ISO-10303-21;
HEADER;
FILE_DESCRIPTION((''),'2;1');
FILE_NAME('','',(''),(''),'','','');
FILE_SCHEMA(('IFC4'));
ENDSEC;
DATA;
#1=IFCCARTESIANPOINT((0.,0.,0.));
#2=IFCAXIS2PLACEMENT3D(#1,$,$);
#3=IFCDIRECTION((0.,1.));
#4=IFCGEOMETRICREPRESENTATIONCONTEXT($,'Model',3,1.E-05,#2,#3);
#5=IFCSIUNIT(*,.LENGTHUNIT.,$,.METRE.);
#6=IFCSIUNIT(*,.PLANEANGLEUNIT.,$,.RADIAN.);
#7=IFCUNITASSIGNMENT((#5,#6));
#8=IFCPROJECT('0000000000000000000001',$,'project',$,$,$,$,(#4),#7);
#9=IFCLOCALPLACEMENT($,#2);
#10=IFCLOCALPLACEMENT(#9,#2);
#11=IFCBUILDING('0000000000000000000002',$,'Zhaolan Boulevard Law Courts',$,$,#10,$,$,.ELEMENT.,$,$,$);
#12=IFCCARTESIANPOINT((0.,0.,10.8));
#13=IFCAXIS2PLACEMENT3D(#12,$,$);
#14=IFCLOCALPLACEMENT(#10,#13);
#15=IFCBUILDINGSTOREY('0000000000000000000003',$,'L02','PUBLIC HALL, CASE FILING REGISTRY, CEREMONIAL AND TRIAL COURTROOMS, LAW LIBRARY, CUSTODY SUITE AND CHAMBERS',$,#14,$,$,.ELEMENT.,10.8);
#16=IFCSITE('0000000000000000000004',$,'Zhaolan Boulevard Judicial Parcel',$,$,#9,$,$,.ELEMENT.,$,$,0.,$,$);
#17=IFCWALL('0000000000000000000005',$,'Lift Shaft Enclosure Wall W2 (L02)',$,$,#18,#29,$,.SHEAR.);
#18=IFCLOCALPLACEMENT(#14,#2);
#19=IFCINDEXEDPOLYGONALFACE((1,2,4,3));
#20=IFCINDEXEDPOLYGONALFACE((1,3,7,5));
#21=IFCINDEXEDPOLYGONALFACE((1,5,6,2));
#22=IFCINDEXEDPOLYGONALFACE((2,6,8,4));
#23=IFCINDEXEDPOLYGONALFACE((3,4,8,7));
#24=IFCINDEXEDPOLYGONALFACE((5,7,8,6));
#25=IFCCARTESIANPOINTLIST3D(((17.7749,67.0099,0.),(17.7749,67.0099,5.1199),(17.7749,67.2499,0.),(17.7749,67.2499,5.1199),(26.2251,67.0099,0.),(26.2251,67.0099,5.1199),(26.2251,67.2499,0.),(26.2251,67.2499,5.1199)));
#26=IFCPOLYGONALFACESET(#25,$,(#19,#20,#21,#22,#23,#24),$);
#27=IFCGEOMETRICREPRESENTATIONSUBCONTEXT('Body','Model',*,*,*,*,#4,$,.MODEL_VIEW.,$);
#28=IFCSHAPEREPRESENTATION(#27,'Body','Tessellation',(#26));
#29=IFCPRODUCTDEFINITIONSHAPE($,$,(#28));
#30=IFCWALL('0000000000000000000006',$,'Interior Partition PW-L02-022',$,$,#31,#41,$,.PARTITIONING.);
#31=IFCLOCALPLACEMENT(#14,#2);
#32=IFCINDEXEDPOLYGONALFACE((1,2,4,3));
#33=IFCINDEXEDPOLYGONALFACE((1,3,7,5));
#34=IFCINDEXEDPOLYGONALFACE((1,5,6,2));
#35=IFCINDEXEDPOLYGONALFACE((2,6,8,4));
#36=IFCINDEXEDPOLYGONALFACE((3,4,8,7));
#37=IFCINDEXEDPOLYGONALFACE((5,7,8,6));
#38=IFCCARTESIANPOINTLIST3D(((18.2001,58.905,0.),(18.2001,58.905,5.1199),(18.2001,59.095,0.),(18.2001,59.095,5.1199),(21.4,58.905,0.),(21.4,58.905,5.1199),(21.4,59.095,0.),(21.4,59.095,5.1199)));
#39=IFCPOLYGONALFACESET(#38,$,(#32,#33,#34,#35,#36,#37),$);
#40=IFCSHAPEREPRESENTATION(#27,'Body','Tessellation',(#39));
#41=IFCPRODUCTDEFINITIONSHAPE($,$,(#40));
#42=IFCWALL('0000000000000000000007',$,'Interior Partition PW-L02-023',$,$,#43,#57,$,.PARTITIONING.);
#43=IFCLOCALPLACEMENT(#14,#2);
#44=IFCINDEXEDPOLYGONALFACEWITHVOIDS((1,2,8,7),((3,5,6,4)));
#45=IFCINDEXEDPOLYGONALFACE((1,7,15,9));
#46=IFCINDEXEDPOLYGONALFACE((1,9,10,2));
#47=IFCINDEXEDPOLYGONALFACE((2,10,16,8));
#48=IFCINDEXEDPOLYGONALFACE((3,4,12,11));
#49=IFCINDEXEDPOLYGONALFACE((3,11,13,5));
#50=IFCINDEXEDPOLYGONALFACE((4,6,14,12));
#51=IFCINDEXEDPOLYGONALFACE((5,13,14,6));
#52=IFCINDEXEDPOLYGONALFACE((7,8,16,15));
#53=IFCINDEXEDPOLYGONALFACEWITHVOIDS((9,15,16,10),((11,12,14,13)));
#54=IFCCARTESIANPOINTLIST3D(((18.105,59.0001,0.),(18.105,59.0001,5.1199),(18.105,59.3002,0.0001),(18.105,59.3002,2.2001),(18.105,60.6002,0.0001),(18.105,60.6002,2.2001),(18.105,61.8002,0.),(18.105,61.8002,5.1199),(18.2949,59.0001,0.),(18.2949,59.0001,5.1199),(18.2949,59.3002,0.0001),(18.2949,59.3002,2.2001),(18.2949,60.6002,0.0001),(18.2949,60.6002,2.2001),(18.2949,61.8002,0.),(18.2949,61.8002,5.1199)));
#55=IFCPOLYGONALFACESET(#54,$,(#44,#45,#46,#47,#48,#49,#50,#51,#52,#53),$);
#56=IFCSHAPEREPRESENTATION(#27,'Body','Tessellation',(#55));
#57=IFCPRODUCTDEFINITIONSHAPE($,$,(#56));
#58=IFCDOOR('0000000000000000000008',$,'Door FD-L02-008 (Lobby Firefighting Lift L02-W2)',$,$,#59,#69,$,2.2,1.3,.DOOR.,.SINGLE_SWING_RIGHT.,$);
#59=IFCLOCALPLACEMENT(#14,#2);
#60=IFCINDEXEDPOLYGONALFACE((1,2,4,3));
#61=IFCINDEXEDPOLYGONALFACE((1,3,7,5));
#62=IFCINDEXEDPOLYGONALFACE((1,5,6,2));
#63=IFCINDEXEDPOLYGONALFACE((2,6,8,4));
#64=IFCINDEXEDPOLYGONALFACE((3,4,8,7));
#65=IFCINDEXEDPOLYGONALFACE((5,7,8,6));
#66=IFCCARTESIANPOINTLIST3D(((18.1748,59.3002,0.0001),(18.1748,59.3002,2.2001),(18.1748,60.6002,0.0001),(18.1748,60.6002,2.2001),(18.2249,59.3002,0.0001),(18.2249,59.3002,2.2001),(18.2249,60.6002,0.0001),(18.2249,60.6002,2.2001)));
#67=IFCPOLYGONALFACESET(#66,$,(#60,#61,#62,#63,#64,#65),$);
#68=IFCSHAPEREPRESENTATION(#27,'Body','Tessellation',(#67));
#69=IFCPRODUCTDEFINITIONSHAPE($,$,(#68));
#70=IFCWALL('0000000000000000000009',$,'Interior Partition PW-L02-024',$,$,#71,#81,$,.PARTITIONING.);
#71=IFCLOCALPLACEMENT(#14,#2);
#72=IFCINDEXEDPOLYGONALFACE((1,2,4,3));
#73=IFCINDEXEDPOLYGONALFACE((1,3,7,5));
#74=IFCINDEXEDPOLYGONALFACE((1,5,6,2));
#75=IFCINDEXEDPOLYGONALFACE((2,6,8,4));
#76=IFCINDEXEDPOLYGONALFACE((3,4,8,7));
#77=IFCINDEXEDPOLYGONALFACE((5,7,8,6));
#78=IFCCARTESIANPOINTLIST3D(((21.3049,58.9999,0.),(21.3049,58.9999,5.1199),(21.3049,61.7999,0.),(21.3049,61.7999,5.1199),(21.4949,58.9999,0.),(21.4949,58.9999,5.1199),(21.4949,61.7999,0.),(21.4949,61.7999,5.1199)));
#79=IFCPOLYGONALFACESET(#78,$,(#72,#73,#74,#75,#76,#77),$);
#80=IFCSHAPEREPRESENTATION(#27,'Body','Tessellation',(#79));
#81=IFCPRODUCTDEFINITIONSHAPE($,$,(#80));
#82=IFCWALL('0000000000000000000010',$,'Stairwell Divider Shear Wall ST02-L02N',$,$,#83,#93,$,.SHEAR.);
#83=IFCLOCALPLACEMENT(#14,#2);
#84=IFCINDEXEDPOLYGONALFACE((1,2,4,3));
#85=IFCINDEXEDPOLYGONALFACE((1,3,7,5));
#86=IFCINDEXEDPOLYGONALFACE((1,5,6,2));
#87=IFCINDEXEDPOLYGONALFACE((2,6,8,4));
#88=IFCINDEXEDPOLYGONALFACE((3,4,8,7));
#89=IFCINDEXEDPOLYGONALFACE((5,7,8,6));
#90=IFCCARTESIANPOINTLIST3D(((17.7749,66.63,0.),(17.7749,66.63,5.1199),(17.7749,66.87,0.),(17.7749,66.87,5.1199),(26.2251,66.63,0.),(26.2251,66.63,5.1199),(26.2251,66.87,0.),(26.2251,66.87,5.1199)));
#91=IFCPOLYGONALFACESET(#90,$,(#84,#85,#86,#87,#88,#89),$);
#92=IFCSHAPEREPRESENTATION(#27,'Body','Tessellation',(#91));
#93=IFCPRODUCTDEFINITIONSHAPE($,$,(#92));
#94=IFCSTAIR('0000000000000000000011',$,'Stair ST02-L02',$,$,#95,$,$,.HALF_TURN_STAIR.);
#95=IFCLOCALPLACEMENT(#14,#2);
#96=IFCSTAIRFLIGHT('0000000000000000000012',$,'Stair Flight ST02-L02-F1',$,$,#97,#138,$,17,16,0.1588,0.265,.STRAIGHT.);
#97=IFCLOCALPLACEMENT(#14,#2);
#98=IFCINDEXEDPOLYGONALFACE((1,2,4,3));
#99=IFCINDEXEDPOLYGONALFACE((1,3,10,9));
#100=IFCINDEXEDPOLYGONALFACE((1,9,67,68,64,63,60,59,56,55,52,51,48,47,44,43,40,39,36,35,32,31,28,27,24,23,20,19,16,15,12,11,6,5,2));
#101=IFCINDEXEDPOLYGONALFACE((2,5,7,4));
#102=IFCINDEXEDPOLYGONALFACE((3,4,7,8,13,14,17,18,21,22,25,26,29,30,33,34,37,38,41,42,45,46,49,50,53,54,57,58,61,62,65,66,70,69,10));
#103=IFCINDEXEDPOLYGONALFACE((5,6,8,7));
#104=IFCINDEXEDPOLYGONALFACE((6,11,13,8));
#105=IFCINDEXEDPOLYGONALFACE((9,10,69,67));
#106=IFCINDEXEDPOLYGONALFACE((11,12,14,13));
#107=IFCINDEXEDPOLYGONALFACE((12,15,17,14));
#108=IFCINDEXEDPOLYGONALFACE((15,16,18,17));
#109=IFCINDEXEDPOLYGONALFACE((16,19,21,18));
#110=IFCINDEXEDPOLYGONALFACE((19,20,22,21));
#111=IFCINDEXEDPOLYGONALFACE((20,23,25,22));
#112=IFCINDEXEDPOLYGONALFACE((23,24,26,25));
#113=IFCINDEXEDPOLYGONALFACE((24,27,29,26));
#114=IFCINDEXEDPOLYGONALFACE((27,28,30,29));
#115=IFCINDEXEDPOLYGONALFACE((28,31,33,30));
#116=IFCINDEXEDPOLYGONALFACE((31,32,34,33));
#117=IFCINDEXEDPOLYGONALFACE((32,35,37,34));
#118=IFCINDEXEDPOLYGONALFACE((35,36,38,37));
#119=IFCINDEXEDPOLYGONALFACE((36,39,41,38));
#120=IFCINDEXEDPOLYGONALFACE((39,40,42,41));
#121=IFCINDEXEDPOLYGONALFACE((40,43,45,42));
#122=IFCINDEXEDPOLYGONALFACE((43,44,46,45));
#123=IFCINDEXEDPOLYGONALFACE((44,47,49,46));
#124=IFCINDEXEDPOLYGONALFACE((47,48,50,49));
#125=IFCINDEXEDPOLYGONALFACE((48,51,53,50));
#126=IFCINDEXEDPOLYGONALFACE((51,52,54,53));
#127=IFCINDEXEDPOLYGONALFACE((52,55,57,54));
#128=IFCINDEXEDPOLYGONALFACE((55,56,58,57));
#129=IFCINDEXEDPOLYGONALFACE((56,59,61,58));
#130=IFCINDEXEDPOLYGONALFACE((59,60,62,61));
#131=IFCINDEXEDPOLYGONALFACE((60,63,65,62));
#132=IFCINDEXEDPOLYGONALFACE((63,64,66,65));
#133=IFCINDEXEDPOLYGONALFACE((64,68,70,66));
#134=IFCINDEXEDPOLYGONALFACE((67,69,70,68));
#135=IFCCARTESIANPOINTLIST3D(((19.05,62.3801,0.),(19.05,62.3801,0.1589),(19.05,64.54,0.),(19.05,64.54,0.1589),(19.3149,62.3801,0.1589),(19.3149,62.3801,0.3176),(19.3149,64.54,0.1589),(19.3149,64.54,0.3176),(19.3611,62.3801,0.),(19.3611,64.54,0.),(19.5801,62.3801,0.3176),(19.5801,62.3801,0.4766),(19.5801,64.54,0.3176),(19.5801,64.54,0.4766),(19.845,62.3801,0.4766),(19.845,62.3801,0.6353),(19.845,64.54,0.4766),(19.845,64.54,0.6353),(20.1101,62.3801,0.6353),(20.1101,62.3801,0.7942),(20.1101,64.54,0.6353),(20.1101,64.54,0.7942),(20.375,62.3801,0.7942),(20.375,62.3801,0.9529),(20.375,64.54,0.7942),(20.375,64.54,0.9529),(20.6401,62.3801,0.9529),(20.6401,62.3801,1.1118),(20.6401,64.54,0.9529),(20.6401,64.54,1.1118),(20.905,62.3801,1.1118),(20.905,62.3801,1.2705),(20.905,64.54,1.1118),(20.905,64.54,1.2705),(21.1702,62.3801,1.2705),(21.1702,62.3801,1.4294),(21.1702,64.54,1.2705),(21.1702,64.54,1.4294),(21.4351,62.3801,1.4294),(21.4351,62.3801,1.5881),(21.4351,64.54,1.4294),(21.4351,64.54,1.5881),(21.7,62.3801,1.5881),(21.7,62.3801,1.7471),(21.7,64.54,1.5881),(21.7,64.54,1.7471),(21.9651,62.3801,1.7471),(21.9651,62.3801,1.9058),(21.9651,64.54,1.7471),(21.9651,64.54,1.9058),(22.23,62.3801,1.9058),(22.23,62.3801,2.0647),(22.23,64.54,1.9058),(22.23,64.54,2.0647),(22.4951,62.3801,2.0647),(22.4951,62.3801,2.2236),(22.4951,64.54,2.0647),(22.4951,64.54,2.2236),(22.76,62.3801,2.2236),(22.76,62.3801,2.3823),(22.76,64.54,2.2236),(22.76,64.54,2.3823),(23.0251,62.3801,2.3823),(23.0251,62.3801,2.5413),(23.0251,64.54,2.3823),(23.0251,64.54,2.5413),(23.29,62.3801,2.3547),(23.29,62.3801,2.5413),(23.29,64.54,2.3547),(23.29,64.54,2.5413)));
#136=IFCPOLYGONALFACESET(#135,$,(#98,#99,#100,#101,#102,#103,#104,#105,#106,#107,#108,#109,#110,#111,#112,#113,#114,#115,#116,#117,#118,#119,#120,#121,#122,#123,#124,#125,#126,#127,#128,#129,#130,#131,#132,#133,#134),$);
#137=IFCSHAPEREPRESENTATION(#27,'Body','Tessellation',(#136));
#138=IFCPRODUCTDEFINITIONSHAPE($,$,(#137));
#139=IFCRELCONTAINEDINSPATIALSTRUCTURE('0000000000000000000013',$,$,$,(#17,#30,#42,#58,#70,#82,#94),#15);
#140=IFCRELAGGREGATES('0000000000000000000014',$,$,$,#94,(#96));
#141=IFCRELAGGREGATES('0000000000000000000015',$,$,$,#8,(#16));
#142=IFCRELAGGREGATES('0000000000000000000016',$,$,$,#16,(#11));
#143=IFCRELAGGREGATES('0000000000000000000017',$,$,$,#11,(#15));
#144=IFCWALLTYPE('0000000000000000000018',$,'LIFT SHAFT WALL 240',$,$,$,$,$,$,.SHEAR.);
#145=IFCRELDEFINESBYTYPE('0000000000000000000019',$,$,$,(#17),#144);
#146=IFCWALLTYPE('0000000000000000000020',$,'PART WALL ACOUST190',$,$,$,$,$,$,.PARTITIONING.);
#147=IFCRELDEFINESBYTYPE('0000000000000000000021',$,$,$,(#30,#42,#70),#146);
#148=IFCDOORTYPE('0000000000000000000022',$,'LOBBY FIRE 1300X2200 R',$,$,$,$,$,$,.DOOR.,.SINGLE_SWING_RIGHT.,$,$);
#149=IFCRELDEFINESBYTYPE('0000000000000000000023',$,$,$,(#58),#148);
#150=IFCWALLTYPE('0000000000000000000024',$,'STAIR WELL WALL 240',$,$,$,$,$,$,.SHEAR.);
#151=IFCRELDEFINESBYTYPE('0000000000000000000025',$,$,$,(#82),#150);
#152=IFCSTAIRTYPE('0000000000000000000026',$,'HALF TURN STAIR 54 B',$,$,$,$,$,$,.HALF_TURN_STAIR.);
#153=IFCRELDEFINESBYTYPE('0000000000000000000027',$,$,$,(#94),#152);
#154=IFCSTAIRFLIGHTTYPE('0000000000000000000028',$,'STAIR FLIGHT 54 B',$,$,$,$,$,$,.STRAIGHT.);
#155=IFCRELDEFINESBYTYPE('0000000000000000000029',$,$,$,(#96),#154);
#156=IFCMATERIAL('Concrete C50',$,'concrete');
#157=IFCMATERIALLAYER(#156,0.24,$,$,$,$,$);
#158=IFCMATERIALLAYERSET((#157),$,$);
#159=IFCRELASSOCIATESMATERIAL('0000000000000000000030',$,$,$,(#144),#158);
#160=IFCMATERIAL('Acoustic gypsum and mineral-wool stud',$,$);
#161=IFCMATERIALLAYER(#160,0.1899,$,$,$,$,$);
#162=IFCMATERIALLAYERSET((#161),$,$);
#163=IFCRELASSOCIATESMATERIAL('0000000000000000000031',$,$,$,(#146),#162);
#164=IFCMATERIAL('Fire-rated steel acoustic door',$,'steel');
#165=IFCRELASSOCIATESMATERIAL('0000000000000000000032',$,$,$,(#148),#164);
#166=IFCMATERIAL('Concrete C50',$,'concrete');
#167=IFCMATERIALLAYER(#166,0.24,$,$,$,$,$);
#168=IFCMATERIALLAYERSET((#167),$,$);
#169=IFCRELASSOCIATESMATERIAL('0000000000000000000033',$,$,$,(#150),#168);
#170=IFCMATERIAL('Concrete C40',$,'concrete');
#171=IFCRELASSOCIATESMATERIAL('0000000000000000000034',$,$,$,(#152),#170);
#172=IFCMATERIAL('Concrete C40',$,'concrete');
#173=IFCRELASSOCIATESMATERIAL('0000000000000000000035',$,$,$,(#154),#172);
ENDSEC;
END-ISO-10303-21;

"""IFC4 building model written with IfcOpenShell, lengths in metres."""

from ifc_helpers import new_model, si_unit, direction, frame, frame_2d, origin, place, context, subcontext, project, spatial, polyline, rectangle, outline, extrude, material, layer, layer_set, type_object, element, fill, aggregate, save


model = new_model("IFC4")

# Units and contexts
model_context = context("Model", 3, precision=1e-05, world=origin(), true_north=direction((0.0, 1.0)))
body_context = subcontext(model_context, "Body", "Model", "MODEL_VIEW")
ifc_project = project(units=[si_unit("LENGTHUNIT", "METRE"), si_unit("PLANEANGLEUNIT", "RADIAN")], contexts=[model_context])

# Site, building, storey
site_placement = place(None, origin())
site = spatial("IfcSite", under=ifc_project, at=site_placement, Name="Zhaolan Boulevard Judicial Parcel", CompositionType="ELEMENT", RefElevation=0.0)
building_placement = place(site_placement, origin())
building = spatial("IfcBuilding", under=site, at=building_placement, Name="Zhaolan Boulevard Law Courts", CompositionType="ELEMENT")
storey_placement = place(building_placement, frame((0.0, 0.0, 10.8)))
storey = spatial("IfcBuildingStorey", under=building, at=storey_placement, Name="L02", Description="PUBLIC HALL, CASE FILING REGISTRY, CEREMONIAL AND TRIAL COURTROOMS, LAW LIBRARY, CUSTODY SUITE AND CHAMBERS", CompositionType="ELEMENT", Elevation=10.8)

# Walls
ifc_material_1 = material(Name="Concrete C50", Category="concrete")
ifc_layer_1 = layer(ifc_material_1, 0.24)
ifc_layer_set_1 = layer_set([ifc_layer_1])
wall_type_1 = type_object("IfcWallType", Name="LIFT SHAFT WALL 240", PredefinedType="SHEAR", material=ifc_layer_set_1)
wall_1_placement = place(storey_placement, frame((17.7749, 67.1299, 0.0), z_axis=(0.0, 0.0, 1.0), x_axis=(1.0, 0.0, 0.0)))
element("IfcWall", 1, at=wall_1_placement, inside=storey, type_object=wall_type_1, Name="Lift Shaft Enclosure Wall W2 (L02)", PredefinedType="SHEAR", context=body_context, shape_type="SweptSolid", body=[
    extrude(rectangle(XDim=8.4502, YDim=0.24, at=frame_2d((4.2251, 0.0))), origin(), (0.0, 0.0, 1.0), 5.1199),
])
ifc_material_2 = material(Name="Acoustic gypsum and mineral-wool stud")
ifc_layer_2 = layer(ifc_material_2, 0.1899)
ifc_layer_set_2 = layer_set([ifc_layer_2])
wall_type_2 = type_object("IfcWallType", Name="PART WALL ACOUST190", PredefinedType="PARTITIONING", material=ifc_layer_set_2)
wall_2_placement = place(storey_placement, frame((18.2, 59.0, 0.0), z_axis=(0.0, 0.0, 1.0), x_axis=(1.0, 0.0, 0.0)))
element("IfcWall", 2, at=wall_2_placement, inside=storey, type_object=wall_type_2, Name="Interior Partition PW-L02-022", PredefinedType="PARTITIONING", context=body_context, shape_type="SweptSolid", body=[
    extrude(rectangle(XDim=3.2, YDim=0.1899, at=frame_2d((1.6001, 0.0))), origin(), (0.0, 0.0, 1.0), 5.1199),
])

# Wall, opening, door
wall_3_placement = place(storey_placement, frame((18.2, 61.8, 0.0), z_axis=(0.0, 0.0, 1.0), x_axis=(0.0, -1.0, 0.0)))
wall_3 = element("IfcWall", 3, at=wall_3_placement, inside=storey, type_object=wall_type_2, Name="Interior Partition PW-L02-023", PredefinedType="PARTITIONING", context=body_context, shape_type="SweptSolid", body=[
    extrude(rectangle(XDim=2.8, YDim=0.1899, at=frame_2d((1.3999, 0.0))), origin(), (0.0, 0.0, 1.0), 5.1199),
])
opening_1_placement = place(wall_3_placement, frame((1.2, 0.0, 0.0)))
opening_1 = element("IfcOpeningElement", 4, at=opening_1_placement, cuts=wall_3, PredefinedType="OPENING", context=body_context, shape_type="SweptSolid", body=[
    extrude(rectangle(XDim=1.3, YDim=2.2, at=frame_2d((0.6499, 1.1001))), frame((0.0, 0.105, 0.0), z_axis=(0.0, -1.0, 0.0), x_axis=(1.0, 0.0, 0.0)), (0.0, 0.0, 1.0), 0.21),
])
ifc_material_3 = material(Name="Fire-rated steel acoustic door", Category="steel")
door_type_1 = type_object("IfcDoorType", Name="LOBBY FIRE 1300X2200 R", OperationType="SINGLE_SWING_RIGHT", PredefinedType="DOOR", material=ifc_material_3)
door_1_placement = place(opening_1_placement, origin())
door_1 = element("IfcDoor", 5, at=door_1_placement, inside=storey, type_object=door_type_1, Name="Door FD-L02-008 (Lobby Firefighting Lift L02-W2)", OperationType="SINGLE_SWING_RIGHT", OverallHeight=2.2, OverallWidth=1.3, PredefinedType="DOOR", context=body_context, shape_type="SweptSolid", body=[
    extrude(rectangle(XDim=1.3, YDim=2.2, at=frame_2d((0.6499, 1.1001))), frame((0.0, 0.0249, 0.0), z_axis=(0.0, -1.0, 0.0), x_axis=(1.0, 0.0, 0.0)), (0.0, 0.0, 1.0), 0.05),
])
fill(opening_1, door_1)

# Walls
wall_4_placement = place(storey_placement, frame((21.3999, 59.0, 0.0), z_axis=(0.0, 0.0, 1.0), x_axis=(0.0, 1.0, 0.0)))
element("IfcWall", 6, at=wall_4_placement, inside=storey, type_object=wall_type_2, Name="Interior Partition PW-L02-024", PredefinedType="PARTITIONING", context=body_context, shape_type="SweptSolid", body=[
    extrude(rectangle(XDim=2.8, YDim=0.1899, at=frame_2d((1.3999, 0.0))), origin(), (0.0, 0.0, 1.0), 5.1199),
])
ifc_material_4 = material(Name="Concrete C50", Category="concrete")
ifc_layer_3 = layer(ifc_material_4, 0.24)
ifc_layer_set_3 = layer_set([ifc_layer_3])
wall_type_3 = type_object("IfcWallType", Name="STAIR WELL WALL 240", PredefinedType="SHEAR", material=ifc_layer_set_3)
wall_5_placement = place(storey_placement, frame((17.7749, 66.75, 0.0), z_axis=(0.0, 0.0, 1.0), x_axis=(1.0, 0.0, 0.0)))
element("IfcWall", 7, at=wall_5_placement, inside=storey, type_object=wall_type_3, Name="Stairwell Divider Shear Wall ST02-L02N", PredefinedType="SHEAR", context=body_context, shape_type="SweptSolid", body=[
    extrude(rectangle(XDim=8.4502, YDim=0.24, at=frame_2d((4.2251, 0.0))), origin(), (0.0, 0.0, 1.0), 5.1199),
])

# Stair, stair flight
ifc_material_5 = material(Name="Concrete C40", Category="concrete")
stair_type = type_object("IfcStairType", Name="HALF TURN STAIR 54 B", PredefinedType="HALF_TURN_STAIR", material=ifc_material_5)
stair_placement = place(storey_placement, origin())
stair = element("IfcStair", 8, at=stair_placement, inside=storey, type_object=stair_type, Name="Stair ST02-L02", PredefinedType="HALF_TURN_STAIR")
ifc_material_6 = material(Name="Concrete C40", Category="concrete")
stair_flight_type = type_object("IfcStairFlightType", Name="STAIR FLIGHT 54 B", PredefinedType="STRAIGHT", material=ifc_material_6)
stair_flight_placement = place(storey_placement, frame((19.05, 63.46, 0.0), z_axis=(0.0, 0.0, 1.0), x_axis=(1.0, 0.0, 0.0)))
stair_flight = element("IfcStairFlight", 9, at=stair_flight_placement, type_object=stair_flight_type, Name="Stair Flight ST02-L02-F1", NumberOfRisers=17, NumberOfTreads=16, PredefinedType="STRAIGHT", RiserHeight=0.1588, TreadLength=0.265, context=body_context, shape_type="SweptSolid", body=[
    extrude(outline(polyline([(0.0, 0.0), (0.0, 0.1589), (0.2649, 0.1589), (0.2649, 0.3176), (0.53, 0.3176), (0.53, 0.4766), (0.7949, 0.4766), (0.7949, 0.6353), (1.0601, 0.6353), (1.0601, 0.7942), (1.325, 0.7942), (1.325, 0.9529), (1.5901, 0.9529), (1.5901, 1.1118), (1.855, 1.1118), (1.855, 1.2705), (2.1201, 1.2705), (2.1201, 1.4294), (2.385, 1.4294), (2.385, 1.5881), (2.6499, 1.5881), (2.6499, 1.7471), (2.915, 1.7471), (2.915, 1.9058), (3.1799, 1.9058), (3.1799, 2.0647), (3.4451, 2.0647), (3.4451, 2.2236), (3.71, 2.2236), (3.71, 2.3823), (3.9751, 2.3823), (3.9751, 2.5413), (4.24, 2.5413), (4.24, 2.7), (4.24, 2.3547), (0.311, 0.0), (0.0, 0.0)])), frame((0.0, 1.0801, 0.0), z_axis=(0.0, -1.0, 0.0), x_axis=(1.0, 0.0, 0.0)), (0.0, 0.0, 1.0), 2.1599),
])
aggregate(stair, [stair_flight])

save(model, "model.ifc")
